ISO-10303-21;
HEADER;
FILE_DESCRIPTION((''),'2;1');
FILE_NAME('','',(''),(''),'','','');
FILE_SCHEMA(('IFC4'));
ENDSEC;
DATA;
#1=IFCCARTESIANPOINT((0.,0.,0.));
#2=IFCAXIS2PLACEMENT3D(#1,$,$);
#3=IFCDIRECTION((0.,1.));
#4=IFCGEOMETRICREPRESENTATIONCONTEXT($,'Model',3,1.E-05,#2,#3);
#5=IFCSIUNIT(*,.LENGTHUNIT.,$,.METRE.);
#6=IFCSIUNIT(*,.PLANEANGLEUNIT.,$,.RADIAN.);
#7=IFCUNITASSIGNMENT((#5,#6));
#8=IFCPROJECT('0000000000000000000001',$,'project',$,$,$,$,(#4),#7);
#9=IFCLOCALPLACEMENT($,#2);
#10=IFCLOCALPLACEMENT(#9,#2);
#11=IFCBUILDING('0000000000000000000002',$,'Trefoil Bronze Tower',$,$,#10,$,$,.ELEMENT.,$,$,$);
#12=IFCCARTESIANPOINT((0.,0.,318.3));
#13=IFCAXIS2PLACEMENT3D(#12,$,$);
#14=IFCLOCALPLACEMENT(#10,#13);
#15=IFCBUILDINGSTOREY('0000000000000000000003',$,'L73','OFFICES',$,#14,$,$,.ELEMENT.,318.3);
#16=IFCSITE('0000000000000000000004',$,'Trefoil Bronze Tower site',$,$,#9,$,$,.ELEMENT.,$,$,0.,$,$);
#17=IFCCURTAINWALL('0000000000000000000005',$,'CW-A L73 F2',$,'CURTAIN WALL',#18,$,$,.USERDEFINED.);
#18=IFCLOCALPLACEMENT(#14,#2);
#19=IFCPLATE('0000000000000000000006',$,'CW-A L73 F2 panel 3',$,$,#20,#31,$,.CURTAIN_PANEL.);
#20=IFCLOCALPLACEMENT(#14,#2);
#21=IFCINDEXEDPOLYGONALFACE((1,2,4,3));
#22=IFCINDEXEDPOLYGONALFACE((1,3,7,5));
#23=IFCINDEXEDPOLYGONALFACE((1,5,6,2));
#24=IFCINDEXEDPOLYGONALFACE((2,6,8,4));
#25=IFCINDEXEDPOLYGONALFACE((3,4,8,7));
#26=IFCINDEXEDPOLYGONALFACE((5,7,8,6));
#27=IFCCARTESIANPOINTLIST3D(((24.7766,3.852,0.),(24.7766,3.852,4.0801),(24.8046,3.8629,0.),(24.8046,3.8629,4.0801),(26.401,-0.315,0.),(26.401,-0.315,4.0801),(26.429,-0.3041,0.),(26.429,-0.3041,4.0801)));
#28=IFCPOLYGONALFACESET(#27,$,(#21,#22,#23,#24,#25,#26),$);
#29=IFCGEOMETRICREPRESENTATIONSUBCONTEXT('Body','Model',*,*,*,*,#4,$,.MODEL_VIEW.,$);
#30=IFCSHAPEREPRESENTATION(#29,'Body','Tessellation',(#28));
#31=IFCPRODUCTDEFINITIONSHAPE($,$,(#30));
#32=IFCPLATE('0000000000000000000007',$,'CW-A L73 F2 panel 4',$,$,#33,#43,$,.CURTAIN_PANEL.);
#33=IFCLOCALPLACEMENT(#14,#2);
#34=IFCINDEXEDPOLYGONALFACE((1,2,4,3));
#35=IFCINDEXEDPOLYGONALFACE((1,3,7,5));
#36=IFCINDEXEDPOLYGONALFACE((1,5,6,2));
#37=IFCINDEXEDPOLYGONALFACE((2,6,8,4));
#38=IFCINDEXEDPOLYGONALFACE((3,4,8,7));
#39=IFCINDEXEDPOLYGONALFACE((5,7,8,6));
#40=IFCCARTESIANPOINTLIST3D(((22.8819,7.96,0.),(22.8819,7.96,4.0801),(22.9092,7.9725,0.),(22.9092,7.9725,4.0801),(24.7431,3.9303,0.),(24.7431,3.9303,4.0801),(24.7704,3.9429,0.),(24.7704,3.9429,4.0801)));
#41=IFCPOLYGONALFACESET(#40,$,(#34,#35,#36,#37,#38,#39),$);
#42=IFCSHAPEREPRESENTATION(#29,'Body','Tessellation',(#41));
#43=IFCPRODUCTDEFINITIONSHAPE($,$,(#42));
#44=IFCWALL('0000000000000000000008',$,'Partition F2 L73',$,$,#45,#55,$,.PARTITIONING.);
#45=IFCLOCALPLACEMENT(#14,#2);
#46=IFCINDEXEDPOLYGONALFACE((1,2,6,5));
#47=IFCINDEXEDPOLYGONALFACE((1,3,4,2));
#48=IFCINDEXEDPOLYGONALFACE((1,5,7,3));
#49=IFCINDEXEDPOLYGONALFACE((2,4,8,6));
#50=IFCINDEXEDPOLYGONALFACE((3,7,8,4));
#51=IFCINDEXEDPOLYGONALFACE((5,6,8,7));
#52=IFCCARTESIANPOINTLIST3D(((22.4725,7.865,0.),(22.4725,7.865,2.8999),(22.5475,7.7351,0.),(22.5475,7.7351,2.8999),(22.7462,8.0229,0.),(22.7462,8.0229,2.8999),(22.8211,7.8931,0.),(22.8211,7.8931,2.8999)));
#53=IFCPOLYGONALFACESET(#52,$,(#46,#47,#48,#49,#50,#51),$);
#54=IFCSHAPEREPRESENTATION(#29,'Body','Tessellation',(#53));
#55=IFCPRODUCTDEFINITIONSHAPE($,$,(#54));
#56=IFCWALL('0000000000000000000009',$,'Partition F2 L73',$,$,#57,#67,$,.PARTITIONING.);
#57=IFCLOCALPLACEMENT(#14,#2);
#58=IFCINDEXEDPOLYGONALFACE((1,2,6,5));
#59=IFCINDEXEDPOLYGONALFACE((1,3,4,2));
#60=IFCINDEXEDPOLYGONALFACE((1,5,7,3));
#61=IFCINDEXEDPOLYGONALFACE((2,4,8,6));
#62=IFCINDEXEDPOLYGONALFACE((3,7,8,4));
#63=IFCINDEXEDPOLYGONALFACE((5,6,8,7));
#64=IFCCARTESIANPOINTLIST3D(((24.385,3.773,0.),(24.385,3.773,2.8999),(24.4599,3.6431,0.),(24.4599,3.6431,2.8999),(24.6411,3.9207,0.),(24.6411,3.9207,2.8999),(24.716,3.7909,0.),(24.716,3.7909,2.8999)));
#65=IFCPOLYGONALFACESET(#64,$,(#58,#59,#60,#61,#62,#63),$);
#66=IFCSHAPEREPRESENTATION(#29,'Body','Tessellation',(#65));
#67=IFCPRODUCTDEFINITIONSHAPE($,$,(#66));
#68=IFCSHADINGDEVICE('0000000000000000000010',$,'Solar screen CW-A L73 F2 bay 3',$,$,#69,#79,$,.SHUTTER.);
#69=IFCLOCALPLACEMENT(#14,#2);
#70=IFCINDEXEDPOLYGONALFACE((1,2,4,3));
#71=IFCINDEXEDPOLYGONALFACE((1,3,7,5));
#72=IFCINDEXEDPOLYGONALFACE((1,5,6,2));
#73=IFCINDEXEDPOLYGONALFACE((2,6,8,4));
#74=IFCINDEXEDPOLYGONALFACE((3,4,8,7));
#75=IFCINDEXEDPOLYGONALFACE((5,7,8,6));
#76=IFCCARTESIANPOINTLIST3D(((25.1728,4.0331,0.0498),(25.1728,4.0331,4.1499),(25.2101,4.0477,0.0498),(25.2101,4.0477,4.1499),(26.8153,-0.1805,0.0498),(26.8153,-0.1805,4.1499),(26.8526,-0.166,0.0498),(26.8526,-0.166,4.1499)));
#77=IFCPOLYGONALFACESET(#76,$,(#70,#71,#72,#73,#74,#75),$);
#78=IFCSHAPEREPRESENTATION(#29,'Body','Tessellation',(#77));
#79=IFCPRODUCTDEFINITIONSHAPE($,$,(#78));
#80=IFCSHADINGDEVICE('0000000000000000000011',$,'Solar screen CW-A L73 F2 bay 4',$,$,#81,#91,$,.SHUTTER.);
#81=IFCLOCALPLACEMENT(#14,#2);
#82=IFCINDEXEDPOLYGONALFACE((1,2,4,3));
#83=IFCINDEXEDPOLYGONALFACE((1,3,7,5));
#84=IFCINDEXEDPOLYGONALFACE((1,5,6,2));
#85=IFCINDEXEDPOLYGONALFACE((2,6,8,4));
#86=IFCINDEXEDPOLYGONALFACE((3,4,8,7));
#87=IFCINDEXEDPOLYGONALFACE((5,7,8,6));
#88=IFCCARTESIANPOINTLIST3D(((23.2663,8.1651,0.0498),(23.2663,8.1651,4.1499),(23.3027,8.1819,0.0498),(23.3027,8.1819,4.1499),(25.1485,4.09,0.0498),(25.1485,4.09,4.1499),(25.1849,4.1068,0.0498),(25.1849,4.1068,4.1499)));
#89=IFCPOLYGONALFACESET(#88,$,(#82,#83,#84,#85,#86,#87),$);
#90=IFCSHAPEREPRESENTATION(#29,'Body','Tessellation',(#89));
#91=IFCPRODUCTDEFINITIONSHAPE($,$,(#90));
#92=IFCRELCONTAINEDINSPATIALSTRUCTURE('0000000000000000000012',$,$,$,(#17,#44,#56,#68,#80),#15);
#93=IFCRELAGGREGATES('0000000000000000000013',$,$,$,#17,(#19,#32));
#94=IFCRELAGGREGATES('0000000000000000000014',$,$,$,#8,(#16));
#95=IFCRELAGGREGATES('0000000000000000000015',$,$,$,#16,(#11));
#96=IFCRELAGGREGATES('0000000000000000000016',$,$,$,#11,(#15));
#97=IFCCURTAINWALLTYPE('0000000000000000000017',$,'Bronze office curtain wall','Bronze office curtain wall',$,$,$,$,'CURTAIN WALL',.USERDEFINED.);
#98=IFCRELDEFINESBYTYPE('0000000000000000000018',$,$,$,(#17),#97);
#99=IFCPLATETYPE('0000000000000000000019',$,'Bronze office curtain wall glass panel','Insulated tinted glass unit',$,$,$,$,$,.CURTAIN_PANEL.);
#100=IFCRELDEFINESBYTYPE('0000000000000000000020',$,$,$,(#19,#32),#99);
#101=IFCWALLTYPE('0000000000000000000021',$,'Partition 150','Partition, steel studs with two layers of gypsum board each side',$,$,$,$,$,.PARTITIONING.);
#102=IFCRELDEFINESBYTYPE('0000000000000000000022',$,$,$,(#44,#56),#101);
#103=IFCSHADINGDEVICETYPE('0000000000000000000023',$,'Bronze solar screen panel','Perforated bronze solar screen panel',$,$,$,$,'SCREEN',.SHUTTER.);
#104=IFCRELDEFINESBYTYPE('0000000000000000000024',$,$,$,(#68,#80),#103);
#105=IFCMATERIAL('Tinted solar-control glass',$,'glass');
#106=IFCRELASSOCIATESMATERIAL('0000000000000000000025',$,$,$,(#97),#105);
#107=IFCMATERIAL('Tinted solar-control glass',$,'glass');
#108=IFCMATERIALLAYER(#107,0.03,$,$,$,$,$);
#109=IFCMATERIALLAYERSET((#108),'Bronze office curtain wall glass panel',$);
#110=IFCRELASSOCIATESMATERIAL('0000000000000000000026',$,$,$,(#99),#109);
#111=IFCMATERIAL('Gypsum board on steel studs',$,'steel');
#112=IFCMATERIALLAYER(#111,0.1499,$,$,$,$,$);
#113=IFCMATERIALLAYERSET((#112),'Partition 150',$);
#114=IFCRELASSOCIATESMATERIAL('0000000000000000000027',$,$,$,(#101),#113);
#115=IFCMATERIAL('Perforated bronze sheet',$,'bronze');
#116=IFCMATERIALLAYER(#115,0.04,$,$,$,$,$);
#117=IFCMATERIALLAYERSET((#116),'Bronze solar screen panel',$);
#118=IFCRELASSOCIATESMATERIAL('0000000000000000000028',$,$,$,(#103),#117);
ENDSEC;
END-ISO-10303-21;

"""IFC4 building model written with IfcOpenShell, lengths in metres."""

from ifc_helpers import new_model, si_unit, direction, frame, frame_2d, origin, origin_2d, place, context, subcontext, project, spatial, rectangle, extrude, material, layer, layer_set, type_object, element, aggregate, save


model = new_model("IFC4")

# Units and contexts
model_context = context("Model", 3, precision=1e-05, world=origin(), true_north=direction((0.0, 1.0)))
body_context = subcontext(model_context, "Body", "Model", "MODEL_VIEW")
ifc_project = project(units=[si_unit("LENGTHUNIT", "METRE"), si_unit("PLANEANGLEUNIT", "RADIAN")], contexts=[model_context])

# Site, building, storey
site_placement = place(None, origin())
site = spatial("IfcSite", under=ifc_project, at=site_placement, Name="Trefoil Bronze Tower site", CompositionType="ELEMENT", RefElevation=0.0)
building_placement = place(site_placement, origin())
building = spatial("IfcBuilding", under=site, at=building_placement, Name="Trefoil Bronze Tower", CompositionType="ELEMENT")
storey_placement = place(building_placement, frame((0.0, 0.0, 318.3)))
storey = spatial("IfcBuildingStorey", under=building, at=storey_placement, Name="L73", Description="OFFICES", CompositionType="ELEMENT", Elevation=318.3)

# Curtain wall
ifc_material_1 = material(Name="Tinted solar-control glass", Category="glass")
curtain_wall_type = type_object("IfcCurtainWallType", Name="Bronze office curtain wall", Description="Bronze office curtain wall", ElementType="CURTAIN WALL", PredefinedType="USERDEFINED", material=ifc_material_1)
curtain_wall_placement = place(storey_placement, origin())
curtain_wall = element("IfcCurtainWall", 1, at=curtain_wall_placement, inside=storey, type_object=curtain_wall_type, Name="CW-A L73 F2", ObjectType="CURTAIN WALL", PredefinedType="USERDEFINED")

# Plates
ifc_material_2 = material(Name="Tinted solar-control glass", Category="glass")
ifc_layer_1 = layer(ifc_material_2, 0.03)
ifc_layer_set_1 = layer_set([ifc_layer_1], Name="Bronze office curtain wall glass panel")
plate_type = type_object("IfcPlateType", Name="Bronze office curtain wall glass panel", Description="Insulated tinted glass unit", PredefinedType="CURTAIN_PANEL", material=ifc_layer_set_1)
plate_1_placement = place(storey_placement, frame((25.6028, 1.7739, 0.0), z_axis=(0.0, 0.0, 1.0), x_axis=(-0.363199, 0.931712, 0.0)))
plate_1 = element("IfcPlate", 2, at=plate_1_placement, type_object=plate_type, Name="CW-A L73 F2 panel 3", PredefinedType="CURTAIN_PANEL", context=body_context, shape_type="SweptSolid", body=[
    extrude(rectangle(XDim=4.4724, YDim=0.03, at=origin_2d()), origin(), (0.0, 0.0, 1.0), 4.0801),
])
plate_2_placement = place(storey_placement, frame((23.8262, 5.9514, 0.0), z_axis=(0.0, 0.0, 1.0), x_axis=(-0.419309, 0.907844, 0.0)))
plate_2 = element("IfcPlate", 3, at=plate_2_placement, type_object=plate_type, Name="CW-A L73 F2 panel 4", PredefinedType="CURTAIN_PANEL", context=body_context, shape_type="SweptSolid", body=[
    extrude(rectangle(XDim=4.4387, YDim=0.03, at=origin_2d()), origin(), (0.0, 0.0, 1.0), 4.0801),
])
aggregate(curtain_wall, [plate_1, plate_2])

# Walls
ifc_material_3 = material(Name="Gypsum board on steel studs", Category="steel")
ifc_layer_2 = layer(ifc_material_3, 0.1499)
ifc_layer_set_2 = layer_set([ifc_layer_2], Name="Partition 150")
wall_type = type_object("IfcWallType", Name="Partition 150", Description="Partition, steel studs with two layers of gypsum board each side", PredefinedType="PARTITIONING", material=ifc_layer_set_2)
wall_1_placement = place(storey_placement, frame((22.51, 7.8, 0.0), z_axis=(0.0, 0.0, 1.0), x_axis=(0.866096, 0.499879, 0.0)))
element("IfcWall", 4, at=wall_1_placement, inside=storey, type_object=wall_type, Name="Partition F2 L73", PredefinedType="PARTITIONING", context=body_context, shape_type="SweptSolid", body=[
    extrude(rectangle(XDim=0.3159, YDim=0.1499, at=frame_2d((0.158, 0.0))), origin(), (0.0, 0.0, 1.0), 2.8999),
])
wall_2_placement = place(storey_placement, frame((24.4224, 3.708, 0.0), z_axis=(0.0, 0.0, 1.0), x_axis=(0.866254, 0.499603, 0.0)))
element("IfcWall", 5, at=wall_2_placement, inside=storey, type_object=wall_type, Name="Partition F2 L73", PredefinedType="PARTITIONING", context=body_context, shape_type="SweptSolid", body=[
    extrude(rectangle(XDim=0.2957, YDim=0.1499, at=frame_2d((0.1479, 0.0))), origin(), (0.0, 0.0, 1.0), 2.8999),
])

# Shading devices
ifc_material_4 = material(Name="Perforated bronze sheet", Category="bronze")
ifc_layer_3 = layer(ifc_material_4, 0.04)
ifc_layer_set_3 = layer_set([ifc_layer_3], Name="Bronze solar screen panel")
shading_device_type = type_object("IfcShadingDeviceType", Name="Bronze solar screen panel", Description="Perforated bronze solar screen panel", ElementType="SCREEN", PredefinedType="SHUTTER", material=ifc_layer_set_3)
shading_device_1_placement = place(storey_placement, frame((26.0127, 1.9336, 0.0498), z_axis=(0.0, 0.0, 1.0), x_axis=(-0.363199, 0.931712, 0.0)))
element("IfcShadingDevice", 6, at=shading_device_1_placement, inside=storey, type_object=shading_device_type, Name="Solar screen CW-A L73 F2 bay 3", PredefinedType="SHUTTER", context=body_context, shape_type="SweptSolid", body=[
    extrude(rectangle(XDim=4.5225, YDim=0.04, at=origin_2d()), origin(), (0.0, 0.0, 1.0), 4.1001),
])
shading_device_2_placement = place(storey_placement, frame((24.2256, 6.136, 0.0498), z_axis=(0.0, 0.0, 1.0), x_axis=(-0.419309, 0.907844, 0.0)))
element("IfcShadingDevice", 7, at=shading_device_2_placement, inside=storey, type_object=shading_device_type, Name="Solar screen CW-A L73 F2 bay 4", PredefinedType="SHUTTER", context=body_context, shape_type="SweptSolid", body=[
    extrude(rectangle(XDim=4.4888, YDim=0.04, at=origin_2d()), origin(), (0.0, 0.0, 1.0), 4.1001),
])

save(model, "model.ifc")
